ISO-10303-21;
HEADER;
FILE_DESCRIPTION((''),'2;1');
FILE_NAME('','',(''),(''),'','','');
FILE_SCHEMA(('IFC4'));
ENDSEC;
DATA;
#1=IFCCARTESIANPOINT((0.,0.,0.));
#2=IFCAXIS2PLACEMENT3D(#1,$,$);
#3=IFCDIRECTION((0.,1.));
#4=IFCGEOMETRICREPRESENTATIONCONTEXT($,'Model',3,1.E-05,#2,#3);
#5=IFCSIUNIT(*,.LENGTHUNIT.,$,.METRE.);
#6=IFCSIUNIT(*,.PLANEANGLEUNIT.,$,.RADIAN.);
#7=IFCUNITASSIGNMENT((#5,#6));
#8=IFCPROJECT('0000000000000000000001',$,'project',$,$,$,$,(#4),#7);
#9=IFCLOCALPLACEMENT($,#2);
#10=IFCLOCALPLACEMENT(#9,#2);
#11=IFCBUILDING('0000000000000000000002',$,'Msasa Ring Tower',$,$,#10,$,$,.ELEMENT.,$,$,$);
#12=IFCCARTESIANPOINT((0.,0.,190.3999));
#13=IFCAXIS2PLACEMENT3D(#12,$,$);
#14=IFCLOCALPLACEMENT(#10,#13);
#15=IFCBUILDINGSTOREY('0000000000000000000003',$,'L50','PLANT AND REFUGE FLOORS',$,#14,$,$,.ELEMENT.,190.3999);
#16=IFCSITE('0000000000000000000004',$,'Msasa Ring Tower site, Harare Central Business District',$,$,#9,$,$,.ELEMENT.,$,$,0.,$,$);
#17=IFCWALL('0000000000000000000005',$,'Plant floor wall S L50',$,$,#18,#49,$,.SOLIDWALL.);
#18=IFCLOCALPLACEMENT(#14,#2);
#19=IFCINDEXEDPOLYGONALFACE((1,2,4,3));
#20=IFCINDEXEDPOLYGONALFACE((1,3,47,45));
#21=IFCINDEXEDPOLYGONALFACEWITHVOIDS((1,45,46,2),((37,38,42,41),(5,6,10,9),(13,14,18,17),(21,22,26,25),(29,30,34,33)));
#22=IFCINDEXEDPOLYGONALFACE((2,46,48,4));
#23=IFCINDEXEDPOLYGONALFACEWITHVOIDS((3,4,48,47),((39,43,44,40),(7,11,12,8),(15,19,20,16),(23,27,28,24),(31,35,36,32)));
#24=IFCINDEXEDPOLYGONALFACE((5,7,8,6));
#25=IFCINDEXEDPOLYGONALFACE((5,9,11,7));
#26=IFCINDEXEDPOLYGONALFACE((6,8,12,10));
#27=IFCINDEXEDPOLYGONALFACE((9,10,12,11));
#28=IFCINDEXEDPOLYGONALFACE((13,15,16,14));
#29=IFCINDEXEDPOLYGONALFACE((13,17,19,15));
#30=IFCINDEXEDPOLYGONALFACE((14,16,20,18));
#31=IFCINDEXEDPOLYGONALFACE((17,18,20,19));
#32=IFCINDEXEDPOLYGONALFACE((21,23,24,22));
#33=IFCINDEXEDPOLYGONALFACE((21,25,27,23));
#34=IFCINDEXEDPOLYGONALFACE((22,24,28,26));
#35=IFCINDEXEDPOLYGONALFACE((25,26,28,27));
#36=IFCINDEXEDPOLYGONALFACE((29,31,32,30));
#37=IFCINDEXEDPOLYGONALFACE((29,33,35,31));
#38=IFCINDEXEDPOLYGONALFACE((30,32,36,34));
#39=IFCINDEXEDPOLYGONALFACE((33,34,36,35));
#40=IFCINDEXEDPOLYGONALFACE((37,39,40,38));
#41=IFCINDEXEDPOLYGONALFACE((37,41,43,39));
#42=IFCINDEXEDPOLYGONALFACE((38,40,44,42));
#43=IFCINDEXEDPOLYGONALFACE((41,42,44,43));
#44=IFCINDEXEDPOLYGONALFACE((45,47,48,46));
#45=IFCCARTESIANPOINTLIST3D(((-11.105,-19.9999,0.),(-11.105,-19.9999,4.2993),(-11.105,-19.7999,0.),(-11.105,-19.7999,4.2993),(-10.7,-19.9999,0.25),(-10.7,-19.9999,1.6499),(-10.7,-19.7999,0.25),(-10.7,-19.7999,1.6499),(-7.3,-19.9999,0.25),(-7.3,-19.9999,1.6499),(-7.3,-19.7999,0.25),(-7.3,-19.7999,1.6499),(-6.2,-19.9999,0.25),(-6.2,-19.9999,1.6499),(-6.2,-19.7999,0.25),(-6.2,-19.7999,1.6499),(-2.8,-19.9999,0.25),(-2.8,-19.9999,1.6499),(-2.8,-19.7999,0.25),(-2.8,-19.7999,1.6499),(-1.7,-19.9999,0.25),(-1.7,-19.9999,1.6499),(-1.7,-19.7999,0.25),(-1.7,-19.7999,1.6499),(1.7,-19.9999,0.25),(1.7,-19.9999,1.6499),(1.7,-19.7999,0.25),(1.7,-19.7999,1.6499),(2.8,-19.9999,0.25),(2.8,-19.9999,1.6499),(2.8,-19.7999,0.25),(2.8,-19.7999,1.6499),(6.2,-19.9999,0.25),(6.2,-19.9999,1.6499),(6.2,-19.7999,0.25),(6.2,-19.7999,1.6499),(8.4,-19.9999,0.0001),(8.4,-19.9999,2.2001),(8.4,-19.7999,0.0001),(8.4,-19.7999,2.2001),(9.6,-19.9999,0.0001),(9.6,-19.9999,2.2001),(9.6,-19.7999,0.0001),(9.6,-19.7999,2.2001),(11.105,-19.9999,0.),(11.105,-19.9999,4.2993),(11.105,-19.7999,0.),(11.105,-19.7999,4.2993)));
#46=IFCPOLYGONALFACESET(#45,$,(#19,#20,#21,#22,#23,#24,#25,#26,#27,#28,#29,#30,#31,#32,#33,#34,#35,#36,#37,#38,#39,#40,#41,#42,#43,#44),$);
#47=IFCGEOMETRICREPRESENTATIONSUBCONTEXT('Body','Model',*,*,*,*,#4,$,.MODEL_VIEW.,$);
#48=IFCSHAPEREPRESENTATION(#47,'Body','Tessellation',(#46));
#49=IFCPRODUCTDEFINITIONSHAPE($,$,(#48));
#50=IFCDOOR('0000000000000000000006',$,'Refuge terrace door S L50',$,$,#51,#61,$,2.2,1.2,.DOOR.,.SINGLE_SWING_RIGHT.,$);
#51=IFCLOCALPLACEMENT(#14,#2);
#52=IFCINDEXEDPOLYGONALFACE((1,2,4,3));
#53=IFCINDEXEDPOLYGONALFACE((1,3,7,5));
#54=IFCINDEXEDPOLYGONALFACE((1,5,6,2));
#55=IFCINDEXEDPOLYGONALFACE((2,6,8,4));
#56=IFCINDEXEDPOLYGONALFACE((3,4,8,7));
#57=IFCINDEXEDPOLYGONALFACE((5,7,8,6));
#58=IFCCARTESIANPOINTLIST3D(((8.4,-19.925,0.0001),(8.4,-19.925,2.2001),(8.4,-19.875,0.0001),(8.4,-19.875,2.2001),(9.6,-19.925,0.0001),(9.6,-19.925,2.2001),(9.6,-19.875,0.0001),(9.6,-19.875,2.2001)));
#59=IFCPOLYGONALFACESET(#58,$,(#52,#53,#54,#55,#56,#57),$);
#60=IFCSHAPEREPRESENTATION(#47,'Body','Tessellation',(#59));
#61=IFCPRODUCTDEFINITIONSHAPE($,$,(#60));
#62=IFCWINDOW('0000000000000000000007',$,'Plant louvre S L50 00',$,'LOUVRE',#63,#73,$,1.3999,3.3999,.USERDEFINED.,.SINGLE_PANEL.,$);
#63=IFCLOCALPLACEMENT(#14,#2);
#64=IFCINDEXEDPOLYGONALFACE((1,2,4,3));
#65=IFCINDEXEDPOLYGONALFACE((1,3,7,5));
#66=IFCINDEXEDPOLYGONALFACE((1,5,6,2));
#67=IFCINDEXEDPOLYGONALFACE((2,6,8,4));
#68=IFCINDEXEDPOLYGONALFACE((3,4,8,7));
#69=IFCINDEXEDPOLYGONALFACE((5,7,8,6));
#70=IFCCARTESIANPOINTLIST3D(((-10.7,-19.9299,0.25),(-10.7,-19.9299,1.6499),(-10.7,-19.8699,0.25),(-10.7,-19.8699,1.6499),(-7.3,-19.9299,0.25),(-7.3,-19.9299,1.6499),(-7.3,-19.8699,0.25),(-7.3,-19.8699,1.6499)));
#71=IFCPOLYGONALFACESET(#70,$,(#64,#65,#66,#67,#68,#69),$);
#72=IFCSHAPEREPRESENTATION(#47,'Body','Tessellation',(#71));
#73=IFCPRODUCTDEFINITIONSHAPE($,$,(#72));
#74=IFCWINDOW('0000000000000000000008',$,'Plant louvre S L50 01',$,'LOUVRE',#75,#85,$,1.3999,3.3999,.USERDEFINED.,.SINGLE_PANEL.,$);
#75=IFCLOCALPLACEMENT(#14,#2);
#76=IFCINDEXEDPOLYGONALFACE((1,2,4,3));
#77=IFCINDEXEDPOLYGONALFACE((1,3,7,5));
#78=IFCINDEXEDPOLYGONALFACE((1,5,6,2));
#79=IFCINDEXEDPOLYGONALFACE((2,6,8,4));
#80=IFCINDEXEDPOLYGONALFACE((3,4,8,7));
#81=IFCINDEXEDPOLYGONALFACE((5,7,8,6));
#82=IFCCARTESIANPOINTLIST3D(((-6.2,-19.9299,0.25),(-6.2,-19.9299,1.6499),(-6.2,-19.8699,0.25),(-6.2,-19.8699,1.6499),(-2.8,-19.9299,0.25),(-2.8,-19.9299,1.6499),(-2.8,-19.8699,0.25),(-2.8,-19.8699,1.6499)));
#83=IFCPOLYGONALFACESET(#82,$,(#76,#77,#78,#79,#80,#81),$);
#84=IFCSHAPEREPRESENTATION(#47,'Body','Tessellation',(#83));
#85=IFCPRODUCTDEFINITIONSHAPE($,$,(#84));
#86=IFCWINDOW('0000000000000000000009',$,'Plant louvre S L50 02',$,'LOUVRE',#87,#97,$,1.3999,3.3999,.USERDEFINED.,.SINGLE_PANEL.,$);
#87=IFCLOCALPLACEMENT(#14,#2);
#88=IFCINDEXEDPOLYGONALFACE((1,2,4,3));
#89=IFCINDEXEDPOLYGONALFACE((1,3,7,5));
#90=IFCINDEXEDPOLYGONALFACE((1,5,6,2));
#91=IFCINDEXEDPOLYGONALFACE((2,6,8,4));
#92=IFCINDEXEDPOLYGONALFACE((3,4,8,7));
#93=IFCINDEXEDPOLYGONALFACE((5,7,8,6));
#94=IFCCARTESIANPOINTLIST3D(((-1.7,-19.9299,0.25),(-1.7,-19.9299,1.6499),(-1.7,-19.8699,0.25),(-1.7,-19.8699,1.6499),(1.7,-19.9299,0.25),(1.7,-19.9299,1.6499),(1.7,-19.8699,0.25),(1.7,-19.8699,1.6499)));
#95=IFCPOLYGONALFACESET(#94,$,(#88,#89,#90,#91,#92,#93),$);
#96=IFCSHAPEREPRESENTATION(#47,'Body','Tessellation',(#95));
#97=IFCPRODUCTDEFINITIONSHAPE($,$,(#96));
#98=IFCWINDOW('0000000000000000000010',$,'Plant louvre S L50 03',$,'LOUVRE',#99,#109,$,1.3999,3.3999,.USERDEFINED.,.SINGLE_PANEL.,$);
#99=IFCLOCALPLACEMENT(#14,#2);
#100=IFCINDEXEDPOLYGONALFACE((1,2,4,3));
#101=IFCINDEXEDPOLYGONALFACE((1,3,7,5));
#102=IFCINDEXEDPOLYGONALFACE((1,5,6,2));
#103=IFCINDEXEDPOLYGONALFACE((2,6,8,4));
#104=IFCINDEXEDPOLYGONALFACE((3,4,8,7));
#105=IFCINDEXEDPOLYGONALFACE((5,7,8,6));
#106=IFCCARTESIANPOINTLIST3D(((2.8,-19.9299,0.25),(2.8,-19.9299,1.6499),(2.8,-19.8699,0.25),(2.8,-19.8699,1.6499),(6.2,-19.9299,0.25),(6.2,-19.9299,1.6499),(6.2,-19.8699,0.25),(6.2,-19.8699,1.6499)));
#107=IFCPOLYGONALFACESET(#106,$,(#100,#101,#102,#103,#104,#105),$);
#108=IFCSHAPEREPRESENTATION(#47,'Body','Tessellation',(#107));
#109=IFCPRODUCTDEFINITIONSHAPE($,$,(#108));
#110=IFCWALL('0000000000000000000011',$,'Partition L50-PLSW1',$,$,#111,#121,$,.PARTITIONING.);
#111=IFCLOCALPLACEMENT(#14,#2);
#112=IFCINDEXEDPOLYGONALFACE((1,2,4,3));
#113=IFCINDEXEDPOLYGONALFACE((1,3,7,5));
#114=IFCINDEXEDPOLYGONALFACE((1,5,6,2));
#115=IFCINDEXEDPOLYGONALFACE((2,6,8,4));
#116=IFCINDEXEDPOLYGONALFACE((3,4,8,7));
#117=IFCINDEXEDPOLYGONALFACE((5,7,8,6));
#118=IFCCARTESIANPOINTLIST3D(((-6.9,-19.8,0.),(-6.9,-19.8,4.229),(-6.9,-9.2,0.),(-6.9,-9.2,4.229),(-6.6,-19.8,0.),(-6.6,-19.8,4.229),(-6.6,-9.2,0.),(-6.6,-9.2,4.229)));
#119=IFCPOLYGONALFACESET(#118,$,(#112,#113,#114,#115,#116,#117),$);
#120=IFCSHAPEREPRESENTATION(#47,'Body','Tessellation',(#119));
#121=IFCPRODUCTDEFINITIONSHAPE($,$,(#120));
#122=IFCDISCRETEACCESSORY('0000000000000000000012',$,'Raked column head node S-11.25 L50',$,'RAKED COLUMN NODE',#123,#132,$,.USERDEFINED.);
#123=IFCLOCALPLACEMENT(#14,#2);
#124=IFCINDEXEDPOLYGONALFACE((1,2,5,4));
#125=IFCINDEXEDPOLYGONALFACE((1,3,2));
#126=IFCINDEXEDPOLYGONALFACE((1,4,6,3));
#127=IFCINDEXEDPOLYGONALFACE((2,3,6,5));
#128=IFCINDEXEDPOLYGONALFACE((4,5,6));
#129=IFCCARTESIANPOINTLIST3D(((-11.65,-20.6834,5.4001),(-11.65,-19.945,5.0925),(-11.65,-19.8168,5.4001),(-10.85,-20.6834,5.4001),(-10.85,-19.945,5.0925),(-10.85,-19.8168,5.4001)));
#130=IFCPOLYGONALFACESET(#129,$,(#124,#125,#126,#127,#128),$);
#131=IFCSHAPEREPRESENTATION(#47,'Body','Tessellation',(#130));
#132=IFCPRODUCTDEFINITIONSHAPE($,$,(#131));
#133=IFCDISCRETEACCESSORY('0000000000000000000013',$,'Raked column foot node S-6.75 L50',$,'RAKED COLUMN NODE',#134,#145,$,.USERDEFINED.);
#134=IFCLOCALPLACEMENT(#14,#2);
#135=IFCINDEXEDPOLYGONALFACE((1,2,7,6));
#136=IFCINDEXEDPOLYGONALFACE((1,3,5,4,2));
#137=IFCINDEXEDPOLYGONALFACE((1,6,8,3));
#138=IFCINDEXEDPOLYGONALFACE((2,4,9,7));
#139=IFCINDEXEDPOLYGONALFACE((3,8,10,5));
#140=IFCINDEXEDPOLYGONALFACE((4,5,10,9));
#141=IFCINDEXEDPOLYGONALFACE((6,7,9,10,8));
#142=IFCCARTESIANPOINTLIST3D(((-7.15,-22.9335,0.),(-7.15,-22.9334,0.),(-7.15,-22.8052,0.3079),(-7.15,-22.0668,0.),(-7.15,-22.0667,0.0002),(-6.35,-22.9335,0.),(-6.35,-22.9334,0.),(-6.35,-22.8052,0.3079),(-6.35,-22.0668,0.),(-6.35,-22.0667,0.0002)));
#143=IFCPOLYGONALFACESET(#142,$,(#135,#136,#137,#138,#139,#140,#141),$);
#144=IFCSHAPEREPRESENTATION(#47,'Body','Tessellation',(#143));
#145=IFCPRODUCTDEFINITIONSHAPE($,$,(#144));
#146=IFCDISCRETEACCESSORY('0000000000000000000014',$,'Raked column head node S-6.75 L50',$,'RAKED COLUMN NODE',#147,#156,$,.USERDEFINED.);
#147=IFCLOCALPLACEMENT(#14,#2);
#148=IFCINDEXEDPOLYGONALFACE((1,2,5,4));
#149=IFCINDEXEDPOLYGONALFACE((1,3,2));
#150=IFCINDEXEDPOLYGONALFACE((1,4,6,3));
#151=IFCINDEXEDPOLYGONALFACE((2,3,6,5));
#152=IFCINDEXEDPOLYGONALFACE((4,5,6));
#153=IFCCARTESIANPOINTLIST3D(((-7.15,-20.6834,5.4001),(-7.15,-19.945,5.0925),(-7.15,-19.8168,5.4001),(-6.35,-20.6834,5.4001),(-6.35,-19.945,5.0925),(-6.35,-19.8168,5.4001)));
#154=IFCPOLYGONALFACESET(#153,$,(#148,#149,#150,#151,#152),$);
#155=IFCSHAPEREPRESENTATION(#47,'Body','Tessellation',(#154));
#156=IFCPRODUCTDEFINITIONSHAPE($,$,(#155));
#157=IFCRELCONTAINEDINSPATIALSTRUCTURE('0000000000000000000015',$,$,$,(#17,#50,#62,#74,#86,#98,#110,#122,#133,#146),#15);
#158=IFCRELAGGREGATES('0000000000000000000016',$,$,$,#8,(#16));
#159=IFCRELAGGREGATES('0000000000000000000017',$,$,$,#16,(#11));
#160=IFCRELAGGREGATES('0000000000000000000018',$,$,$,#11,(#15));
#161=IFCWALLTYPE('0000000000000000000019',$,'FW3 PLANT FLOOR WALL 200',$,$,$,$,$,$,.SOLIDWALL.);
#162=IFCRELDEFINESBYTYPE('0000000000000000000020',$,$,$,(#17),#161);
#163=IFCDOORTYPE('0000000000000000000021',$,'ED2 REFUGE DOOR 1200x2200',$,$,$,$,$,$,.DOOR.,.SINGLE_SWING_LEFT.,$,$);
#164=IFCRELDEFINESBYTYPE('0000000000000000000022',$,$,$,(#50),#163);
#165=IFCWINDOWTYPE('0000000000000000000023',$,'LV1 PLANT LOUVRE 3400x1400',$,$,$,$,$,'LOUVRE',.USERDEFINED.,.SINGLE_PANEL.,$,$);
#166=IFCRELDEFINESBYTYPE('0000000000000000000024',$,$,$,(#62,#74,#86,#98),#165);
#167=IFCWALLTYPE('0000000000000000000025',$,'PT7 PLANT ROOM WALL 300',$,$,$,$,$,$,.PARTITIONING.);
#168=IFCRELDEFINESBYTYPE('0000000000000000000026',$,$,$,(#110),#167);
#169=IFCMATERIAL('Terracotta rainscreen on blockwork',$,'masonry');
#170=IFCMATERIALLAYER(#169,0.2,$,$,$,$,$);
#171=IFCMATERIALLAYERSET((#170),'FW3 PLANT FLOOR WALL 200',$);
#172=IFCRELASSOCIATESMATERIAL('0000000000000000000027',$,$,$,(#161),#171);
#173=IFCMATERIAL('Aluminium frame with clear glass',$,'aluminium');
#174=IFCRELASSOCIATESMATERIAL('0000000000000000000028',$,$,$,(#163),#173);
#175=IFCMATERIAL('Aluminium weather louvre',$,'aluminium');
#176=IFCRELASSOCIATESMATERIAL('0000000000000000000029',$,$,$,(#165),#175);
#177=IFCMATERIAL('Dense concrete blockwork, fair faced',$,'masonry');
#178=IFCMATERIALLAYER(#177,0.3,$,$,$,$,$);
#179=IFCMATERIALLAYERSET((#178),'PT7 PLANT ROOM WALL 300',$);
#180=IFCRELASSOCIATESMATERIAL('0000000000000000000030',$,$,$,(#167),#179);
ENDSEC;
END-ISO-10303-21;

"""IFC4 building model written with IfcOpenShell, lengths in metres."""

from ifc_helpers import new_model, si_unit, direction, frame, frame_2d, origin, origin_2d, place, context, subcontext, project, spatial, rectangle, extrude, clip, halfspace, material, layer, layer_set, type_object, element, fill, save


model = new_model("IFC4")

# Units and contexts
model_context = context("Model", 3, precision=1e-05, world=origin(), true_north=direction((0.0, 1.0)))
body_context = subcontext(model_context, "Body", "Model", "MODEL_VIEW")
ifc_project = project(units=[si_unit("LENGTHUNIT", "METRE"), si_unit("PLANEANGLEUNIT", "RADIAN")], contexts=[model_context])

# Site, building, storey
site_placement = place(None, origin())
site = spatial("IfcSite", under=ifc_project, at=site_placement, Name="Msasa Ring Tower site, Harare Central Business District", CompositionType="ELEMENT", RefElevation=0.0)
building_placement = place(site_placement, origin())
building = spatial("IfcBuilding", under=site, at=building_placement, Name="Msasa Ring Tower", CompositionType="ELEMENT")
storey_placement = place(building_placement, frame((0.0, 0.0, 190.3999)))
storey = spatial("IfcBuildingStorey", under=building, at=storey_placement, Name="L50", Description="PLANT AND REFUGE FLOORS", CompositionType="ELEMENT", Elevation=190.3999)

# Wall, openings, door, windows
ifc_material_1 = material(Name="Terracotta rainscreen on blockwork", Category="masonry")
ifc_layer_1 = layer(ifc_material_1, 0.2)
ifc_layer_set_1 = layer_set([ifc_layer_1], Name="FW3 PLANT FLOOR WALL 200")
wall_type_1 = type_object("IfcWallType", Name="FW3 PLANT FLOOR WALL 200", PredefinedType="SOLIDWALL", material=ifc_layer_set_1)
wall_1_placement = place(storey_placement, frame((-11.105, -19.8999, 0.0), z_axis=(0.0, 0.0, 1.0), x_axis=(1.0, 0.0, 0.0)))
wall_1 = element("IfcWall", 1, at=wall_1_placement, inside=storey, type_object=wall_type_1, Name="Plant floor wall S L50", PredefinedType="SOLIDWALL", context=body_context, shape_type="SweptSolid", body=[
    extrude(rectangle(XDim=22.21, YDim=0.2, at=frame_2d((11.105, 0.0))), origin(), (0.0, 0.0, 1.0), 4.2993),
])
opening_1_placement = place(wall_1_placement, frame((0.405, 0.0, 0.25)))
opening_1 = element("IfcOpeningElement", 2, at=opening_1_placement, cuts=wall_1, PredefinedType="OPENING", context=body_context, shape_type="SweptSolid", body=[
    extrude(rectangle(XDim=3.3999, YDim=1.3999, at=frame_2d((1.7, 0.7))), frame((0.0, 0.1099, 0.0), z_axis=(0.0, -1.0, 0.0), x_axis=(1.0, 0.0, 0.0)), (0.0, 0.0, 1.0), 0.22),
])
opening_2_placement = place(wall_1_placement, frame((4.905, 0.0, 0.25)))
opening_2 = element("IfcOpeningElement", 3, at=opening_2_placement, cuts=wall_1, PredefinedType="OPENING", context=body_context, shape_type="SweptSolid", body=[
    extrude(rectangle(XDim=3.3999, YDim=1.3999, at=frame_2d((1.7, 0.7))), frame((0.0, 0.1099, 0.0), z_axis=(0.0, -1.0, 0.0), x_axis=(1.0, 0.0, 0.0)), (0.0, 0.0, 1.0), 0.22),
])
opening_3_placement = place(wall_1_placement, frame((9.405, 0.0, 0.25)))
opening_3 = element("IfcOpeningElement", 4, at=opening_3_placement, cuts=wall_1, PredefinedType="OPENING", context=body_context, shape_type="SweptSolid", body=[
    extrude(rectangle(XDim=3.3999, YDim=1.3999, at=frame_2d((1.7, 0.7))), frame((0.0, 0.1099, 0.0), z_axis=(0.0, -1.0, 0.0), x_axis=(1.0, 0.0, 0.0)), (0.0, 0.0, 1.0), 0.22),
])
opening_4_placement = place(wall_1_placement, frame((13.905, 0.0, 0.25)))
opening_4 = element("IfcOpeningElement", 5, at=opening_4_placement, cuts=wall_1, PredefinedType="OPENING", context=body_context, shape_type="SweptSolid", body=[
    extrude(rectangle(XDim=3.3999, YDim=1.3999, at=frame_2d((1.7, 0.7))), frame((0.0, 0.1099, 0.0), z_axis=(0.0, -1.0, 0.0), x_axis=(1.0, 0.0, 0.0)), (0.0, 0.0, 1.0), 0.22),
])
opening_5_placement = place(wall_1_placement, frame((19.5049, 0.0, 0.0)))
opening_5 = element("IfcOpeningElement", 6, at=opening_5_placement, cuts=wall_1, PredefinedType="OPENING", context=body_context, shape_type="SweptSolid", body=[
    extrude(rectangle(XDim=1.2, YDim=2.2, at=frame_2d((0.6001, 1.1001))), frame((0.0, 0.1099, 0.0), z_axis=(0.0, -1.0, 0.0), x_axis=(1.0, 0.0, 0.0)), (0.0, 0.0, 1.0), 0.22),
])
ifc_material_2 = material(Name="Aluminium frame with clear glass", Category="aluminium")
door_type = type_object("IfcDoorType", Name="ED2 REFUGE DOOR 1200x2200", OperationType="SINGLE_SWING_LEFT", PredefinedType="DOOR", material=ifc_material_2)
door_placement = place(opening_5_placement, origin())
door = element("IfcDoor", 7, at=door_placement, inside=storey, type_object=door_type, Name="Refuge terrace door S L50", OperationType="SINGLE_SWING_RIGHT", OverallHeight=2.2, OverallWidth=1.2, PredefinedType="DOOR", context=body_context, shape_type="SweptSolid", body=[
    extrude(rectangle(XDim=1.2, YDim=2.2, at=frame_2d((0.6001, 1.1001))), frame((0.0, 0.0249, 0.0), z_axis=(0.0, -1.0, 0.0), x_axis=(1.0, 0.0, 0.0)), (0.0, 0.0, 1.0), 0.05),
])
fill(opening_5, door)
ifc_material_3 = material(Name="Aluminium weather louvre", Category="aluminium")
window_type = type_object("IfcWindowType", Name="LV1 PLANT LOUVRE 3400x1400", ElementType="LOUVRE", PartitioningType="SINGLE_PANEL", PredefinedType="USERDEFINED", material=ifc_material_3)
window_1_placement = place(opening_1_placement, origin())
window_1 = element("IfcWindow", 8, at=window_1_placement, inside=storey, type_object=window_type, Name="Plant louvre S L50 00", ObjectType="LOUVRE", OverallHeight=1.3999, OverallWidth=3.3999, PartitioningType="SINGLE_PANEL", PredefinedType="USERDEFINED", context=body_context, shape_type="SweptSolid", body=[
    extrude(rectangle(XDim=3.3999, YDim=1.3999, at=frame_2d((1.7, 0.7))), frame((0.0, 0.03, 0.0), z_axis=(0.0, -1.0, 0.0), x_axis=(1.0, 0.0, 0.0)), (0.0, 0.0, 1.0), 0.0601),
])
fill(opening_1, window_1)
window_2_placement = place(opening_2_placement, origin())
window_2 = element("IfcWindow", 9, at=window_2_placement, inside=storey, type_object=window_type, Name="Plant louvre S L50 01", ObjectType="LOUVRE", OverallHeight=1.3999, OverallWidth=3.3999, PartitioningType="SINGLE_PANEL", PredefinedType="USERDEFINED", context=body_context, shape_type="SweptSolid", body=[
    extrude(rectangle(XDim=3.3999, YDim=1.3999, at=frame_2d((1.7, 0.7))), frame((0.0, 0.03, 0.0), z_axis=(0.0, -1.0, 0.0), x_axis=(1.0, 0.0, 0.0)), (0.0, 0.0, 1.0), 0.0601),
])
fill(opening_2, window_2)
window_3_placement = place(opening_3_placement, origin())
window_3 = element("IfcWindow", 10, at=window_3_placement, inside=storey, type_object=window_type, Name="Plant louvre S L50 02", ObjectType="LOUVRE", OverallHeight=1.3999, OverallWidth=3.3999, PartitioningType="SINGLE_PANEL", PredefinedType="USERDEFINED", context=body_context, shape_type="SweptSolid", body=[
    extrude(rectangle(XDim=3.3999, YDim=1.3999, at=frame_2d((1.7, 0.7))), frame((0.0, 0.03, 0.0), z_axis=(0.0, -1.0, 0.0), x_axis=(1.0, 0.0, 0.0)), (0.0, 0.0, 1.0), 0.0601),
])
fill(opening_3, window_3)
window_4_placement = place(opening_4_placement, origin())
window_4 = element("IfcWindow", 11, at=window_4_placement, inside=storey, type_object=window_type, Name="Plant louvre S L50 03", ObjectType="LOUVRE", OverallHeight=1.3999, OverallWidth=3.3999, PartitioningType="SINGLE_PANEL", PredefinedType="USERDEFINED", context=body_context, shape_type="SweptSolid", body=[
    extrude(rectangle(XDim=3.3999, YDim=1.3999, at=frame_2d((1.7, 0.7))), frame((0.0, 0.03, 0.0), z_axis=(0.0, -1.0, 0.0), x_axis=(1.0, 0.0, 0.0)), (0.0, 0.0, 1.0), 0.0601),
])
fill(opening_4, window_4)

# Wall
ifc_material_4 = material(Name="Dense concrete blockwork, fair faced", Category="masonry")
ifc_layer_2 = layer(ifc_material_4, 0.3)
ifc_layer_set_2 = layer_set([ifc_layer_2], Name="PT7 PLANT ROOM WALL 300")
wall_type_2 = type_object("IfcWallType", Name="PT7 PLANT ROOM WALL 300", PredefinedType="PARTITIONING", material=ifc_layer_set_2)
wall_2_placement = place(storey_placement, frame((-6.75, -19.8, 0.0), z_axis=(0.0, 0.0, 1.0), x_axis=(0.0, 1.0, 0.0)))
element("IfcWall", 12, at=wall_2_placement, inside=storey, type_object=wall_type_2, Name="Partition L50-PLSW1", PredefinedType="PARTITIONING", context=body_context, shape_type="SweptSolid", body=[
    extrude(rectangle(XDim=10.6001, YDim=0.3, at=frame_2d((5.3, 0.0))), origin(), (0.0, 0.0, 1.0), 4.229),
])

# Discrete accessories
discrete_accessory_1_placement = place(storey_placement, frame((-11.25, -20.25, 5.4001)))
element("IfcDiscreteAccessory", 13, at=discrete_accessory_1_placement, inside=storey, Name="Raked column head node S-11.25 L50", ObjectType="RAKED COLUMN NODE", PredefinedType="USERDEFINED", context=body_context, shape_type="Clipping", body=[
    clip(extrude(rectangle(XDim=0.8, YDim=0.8, at=origin_2d()), frame((0.0, -0.0642, -0.1538), z_axis=(0.0, 0.384615, 0.923077), x_axis=(0.0, -0.923077, 0.384615)), (0.0, 0.0, 1.0), 0.3335), halfspace(frame((0.0, 0.0, 0.0), z_axis=(0.0, 0.0, -1.0)), True)),
])
discrete_accessory_2_placement = place(storey_placement, frame((-6.75, -22.5, 0.0)))
element("IfcDiscreteAccessory", 14, at=discrete_accessory_2_placement, inside=storey, Name="Raked column foot node S-6.75 L50", ObjectType="RAKED COLUMN NODE", PredefinedType="USERDEFINED", context=body_context, shape_type="Clipping", body=[
    clip(extrude(rectangle(XDim=0.8, YDim=0.8, at=origin_2d()), frame((0.0, -0.0642, -0.1538), z_axis=(0.0, 0.384615, 0.923077), x_axis=(0.0, -0.923077, 0.384615)), (0.0, 0.0, 1.0), 0.3335), halfspace(frame((0.0, 0.0, 0.0), z_axis=(0.0, 0.0, 1.0)), True)),
])
discrete_accessory_3_placement = place(storey_placement, frame((-6.75, -20.25, 5.4001)))
element("IfcDiscreteAccessory", 15, at=discrete_accessory_3_placement, inside=storey, Name="Raked column head node S-6.75 L50", ObjectType="RAKED COLUMN NODE", PredefinedType="USERDEFINED", context=body_context, shape_type="Clipping", body=[
    clip(extrude(rectangle(XDim=0.8, YDim=0.8, at=origin_2d()), frame((0.0, -0.0642, -0.1538), z_axis=(0.0, 0.384615, 0.923077), x_axis=(0.0, -0.923077, 0.384615)), (0.0, 0.0, 1.0), 0.3335), halfspace(frame((0.0, 0.0, 0.0), z_axis=(0.0, 0.0, -1.0)), True)),
])

save(model, "model.ifc")
